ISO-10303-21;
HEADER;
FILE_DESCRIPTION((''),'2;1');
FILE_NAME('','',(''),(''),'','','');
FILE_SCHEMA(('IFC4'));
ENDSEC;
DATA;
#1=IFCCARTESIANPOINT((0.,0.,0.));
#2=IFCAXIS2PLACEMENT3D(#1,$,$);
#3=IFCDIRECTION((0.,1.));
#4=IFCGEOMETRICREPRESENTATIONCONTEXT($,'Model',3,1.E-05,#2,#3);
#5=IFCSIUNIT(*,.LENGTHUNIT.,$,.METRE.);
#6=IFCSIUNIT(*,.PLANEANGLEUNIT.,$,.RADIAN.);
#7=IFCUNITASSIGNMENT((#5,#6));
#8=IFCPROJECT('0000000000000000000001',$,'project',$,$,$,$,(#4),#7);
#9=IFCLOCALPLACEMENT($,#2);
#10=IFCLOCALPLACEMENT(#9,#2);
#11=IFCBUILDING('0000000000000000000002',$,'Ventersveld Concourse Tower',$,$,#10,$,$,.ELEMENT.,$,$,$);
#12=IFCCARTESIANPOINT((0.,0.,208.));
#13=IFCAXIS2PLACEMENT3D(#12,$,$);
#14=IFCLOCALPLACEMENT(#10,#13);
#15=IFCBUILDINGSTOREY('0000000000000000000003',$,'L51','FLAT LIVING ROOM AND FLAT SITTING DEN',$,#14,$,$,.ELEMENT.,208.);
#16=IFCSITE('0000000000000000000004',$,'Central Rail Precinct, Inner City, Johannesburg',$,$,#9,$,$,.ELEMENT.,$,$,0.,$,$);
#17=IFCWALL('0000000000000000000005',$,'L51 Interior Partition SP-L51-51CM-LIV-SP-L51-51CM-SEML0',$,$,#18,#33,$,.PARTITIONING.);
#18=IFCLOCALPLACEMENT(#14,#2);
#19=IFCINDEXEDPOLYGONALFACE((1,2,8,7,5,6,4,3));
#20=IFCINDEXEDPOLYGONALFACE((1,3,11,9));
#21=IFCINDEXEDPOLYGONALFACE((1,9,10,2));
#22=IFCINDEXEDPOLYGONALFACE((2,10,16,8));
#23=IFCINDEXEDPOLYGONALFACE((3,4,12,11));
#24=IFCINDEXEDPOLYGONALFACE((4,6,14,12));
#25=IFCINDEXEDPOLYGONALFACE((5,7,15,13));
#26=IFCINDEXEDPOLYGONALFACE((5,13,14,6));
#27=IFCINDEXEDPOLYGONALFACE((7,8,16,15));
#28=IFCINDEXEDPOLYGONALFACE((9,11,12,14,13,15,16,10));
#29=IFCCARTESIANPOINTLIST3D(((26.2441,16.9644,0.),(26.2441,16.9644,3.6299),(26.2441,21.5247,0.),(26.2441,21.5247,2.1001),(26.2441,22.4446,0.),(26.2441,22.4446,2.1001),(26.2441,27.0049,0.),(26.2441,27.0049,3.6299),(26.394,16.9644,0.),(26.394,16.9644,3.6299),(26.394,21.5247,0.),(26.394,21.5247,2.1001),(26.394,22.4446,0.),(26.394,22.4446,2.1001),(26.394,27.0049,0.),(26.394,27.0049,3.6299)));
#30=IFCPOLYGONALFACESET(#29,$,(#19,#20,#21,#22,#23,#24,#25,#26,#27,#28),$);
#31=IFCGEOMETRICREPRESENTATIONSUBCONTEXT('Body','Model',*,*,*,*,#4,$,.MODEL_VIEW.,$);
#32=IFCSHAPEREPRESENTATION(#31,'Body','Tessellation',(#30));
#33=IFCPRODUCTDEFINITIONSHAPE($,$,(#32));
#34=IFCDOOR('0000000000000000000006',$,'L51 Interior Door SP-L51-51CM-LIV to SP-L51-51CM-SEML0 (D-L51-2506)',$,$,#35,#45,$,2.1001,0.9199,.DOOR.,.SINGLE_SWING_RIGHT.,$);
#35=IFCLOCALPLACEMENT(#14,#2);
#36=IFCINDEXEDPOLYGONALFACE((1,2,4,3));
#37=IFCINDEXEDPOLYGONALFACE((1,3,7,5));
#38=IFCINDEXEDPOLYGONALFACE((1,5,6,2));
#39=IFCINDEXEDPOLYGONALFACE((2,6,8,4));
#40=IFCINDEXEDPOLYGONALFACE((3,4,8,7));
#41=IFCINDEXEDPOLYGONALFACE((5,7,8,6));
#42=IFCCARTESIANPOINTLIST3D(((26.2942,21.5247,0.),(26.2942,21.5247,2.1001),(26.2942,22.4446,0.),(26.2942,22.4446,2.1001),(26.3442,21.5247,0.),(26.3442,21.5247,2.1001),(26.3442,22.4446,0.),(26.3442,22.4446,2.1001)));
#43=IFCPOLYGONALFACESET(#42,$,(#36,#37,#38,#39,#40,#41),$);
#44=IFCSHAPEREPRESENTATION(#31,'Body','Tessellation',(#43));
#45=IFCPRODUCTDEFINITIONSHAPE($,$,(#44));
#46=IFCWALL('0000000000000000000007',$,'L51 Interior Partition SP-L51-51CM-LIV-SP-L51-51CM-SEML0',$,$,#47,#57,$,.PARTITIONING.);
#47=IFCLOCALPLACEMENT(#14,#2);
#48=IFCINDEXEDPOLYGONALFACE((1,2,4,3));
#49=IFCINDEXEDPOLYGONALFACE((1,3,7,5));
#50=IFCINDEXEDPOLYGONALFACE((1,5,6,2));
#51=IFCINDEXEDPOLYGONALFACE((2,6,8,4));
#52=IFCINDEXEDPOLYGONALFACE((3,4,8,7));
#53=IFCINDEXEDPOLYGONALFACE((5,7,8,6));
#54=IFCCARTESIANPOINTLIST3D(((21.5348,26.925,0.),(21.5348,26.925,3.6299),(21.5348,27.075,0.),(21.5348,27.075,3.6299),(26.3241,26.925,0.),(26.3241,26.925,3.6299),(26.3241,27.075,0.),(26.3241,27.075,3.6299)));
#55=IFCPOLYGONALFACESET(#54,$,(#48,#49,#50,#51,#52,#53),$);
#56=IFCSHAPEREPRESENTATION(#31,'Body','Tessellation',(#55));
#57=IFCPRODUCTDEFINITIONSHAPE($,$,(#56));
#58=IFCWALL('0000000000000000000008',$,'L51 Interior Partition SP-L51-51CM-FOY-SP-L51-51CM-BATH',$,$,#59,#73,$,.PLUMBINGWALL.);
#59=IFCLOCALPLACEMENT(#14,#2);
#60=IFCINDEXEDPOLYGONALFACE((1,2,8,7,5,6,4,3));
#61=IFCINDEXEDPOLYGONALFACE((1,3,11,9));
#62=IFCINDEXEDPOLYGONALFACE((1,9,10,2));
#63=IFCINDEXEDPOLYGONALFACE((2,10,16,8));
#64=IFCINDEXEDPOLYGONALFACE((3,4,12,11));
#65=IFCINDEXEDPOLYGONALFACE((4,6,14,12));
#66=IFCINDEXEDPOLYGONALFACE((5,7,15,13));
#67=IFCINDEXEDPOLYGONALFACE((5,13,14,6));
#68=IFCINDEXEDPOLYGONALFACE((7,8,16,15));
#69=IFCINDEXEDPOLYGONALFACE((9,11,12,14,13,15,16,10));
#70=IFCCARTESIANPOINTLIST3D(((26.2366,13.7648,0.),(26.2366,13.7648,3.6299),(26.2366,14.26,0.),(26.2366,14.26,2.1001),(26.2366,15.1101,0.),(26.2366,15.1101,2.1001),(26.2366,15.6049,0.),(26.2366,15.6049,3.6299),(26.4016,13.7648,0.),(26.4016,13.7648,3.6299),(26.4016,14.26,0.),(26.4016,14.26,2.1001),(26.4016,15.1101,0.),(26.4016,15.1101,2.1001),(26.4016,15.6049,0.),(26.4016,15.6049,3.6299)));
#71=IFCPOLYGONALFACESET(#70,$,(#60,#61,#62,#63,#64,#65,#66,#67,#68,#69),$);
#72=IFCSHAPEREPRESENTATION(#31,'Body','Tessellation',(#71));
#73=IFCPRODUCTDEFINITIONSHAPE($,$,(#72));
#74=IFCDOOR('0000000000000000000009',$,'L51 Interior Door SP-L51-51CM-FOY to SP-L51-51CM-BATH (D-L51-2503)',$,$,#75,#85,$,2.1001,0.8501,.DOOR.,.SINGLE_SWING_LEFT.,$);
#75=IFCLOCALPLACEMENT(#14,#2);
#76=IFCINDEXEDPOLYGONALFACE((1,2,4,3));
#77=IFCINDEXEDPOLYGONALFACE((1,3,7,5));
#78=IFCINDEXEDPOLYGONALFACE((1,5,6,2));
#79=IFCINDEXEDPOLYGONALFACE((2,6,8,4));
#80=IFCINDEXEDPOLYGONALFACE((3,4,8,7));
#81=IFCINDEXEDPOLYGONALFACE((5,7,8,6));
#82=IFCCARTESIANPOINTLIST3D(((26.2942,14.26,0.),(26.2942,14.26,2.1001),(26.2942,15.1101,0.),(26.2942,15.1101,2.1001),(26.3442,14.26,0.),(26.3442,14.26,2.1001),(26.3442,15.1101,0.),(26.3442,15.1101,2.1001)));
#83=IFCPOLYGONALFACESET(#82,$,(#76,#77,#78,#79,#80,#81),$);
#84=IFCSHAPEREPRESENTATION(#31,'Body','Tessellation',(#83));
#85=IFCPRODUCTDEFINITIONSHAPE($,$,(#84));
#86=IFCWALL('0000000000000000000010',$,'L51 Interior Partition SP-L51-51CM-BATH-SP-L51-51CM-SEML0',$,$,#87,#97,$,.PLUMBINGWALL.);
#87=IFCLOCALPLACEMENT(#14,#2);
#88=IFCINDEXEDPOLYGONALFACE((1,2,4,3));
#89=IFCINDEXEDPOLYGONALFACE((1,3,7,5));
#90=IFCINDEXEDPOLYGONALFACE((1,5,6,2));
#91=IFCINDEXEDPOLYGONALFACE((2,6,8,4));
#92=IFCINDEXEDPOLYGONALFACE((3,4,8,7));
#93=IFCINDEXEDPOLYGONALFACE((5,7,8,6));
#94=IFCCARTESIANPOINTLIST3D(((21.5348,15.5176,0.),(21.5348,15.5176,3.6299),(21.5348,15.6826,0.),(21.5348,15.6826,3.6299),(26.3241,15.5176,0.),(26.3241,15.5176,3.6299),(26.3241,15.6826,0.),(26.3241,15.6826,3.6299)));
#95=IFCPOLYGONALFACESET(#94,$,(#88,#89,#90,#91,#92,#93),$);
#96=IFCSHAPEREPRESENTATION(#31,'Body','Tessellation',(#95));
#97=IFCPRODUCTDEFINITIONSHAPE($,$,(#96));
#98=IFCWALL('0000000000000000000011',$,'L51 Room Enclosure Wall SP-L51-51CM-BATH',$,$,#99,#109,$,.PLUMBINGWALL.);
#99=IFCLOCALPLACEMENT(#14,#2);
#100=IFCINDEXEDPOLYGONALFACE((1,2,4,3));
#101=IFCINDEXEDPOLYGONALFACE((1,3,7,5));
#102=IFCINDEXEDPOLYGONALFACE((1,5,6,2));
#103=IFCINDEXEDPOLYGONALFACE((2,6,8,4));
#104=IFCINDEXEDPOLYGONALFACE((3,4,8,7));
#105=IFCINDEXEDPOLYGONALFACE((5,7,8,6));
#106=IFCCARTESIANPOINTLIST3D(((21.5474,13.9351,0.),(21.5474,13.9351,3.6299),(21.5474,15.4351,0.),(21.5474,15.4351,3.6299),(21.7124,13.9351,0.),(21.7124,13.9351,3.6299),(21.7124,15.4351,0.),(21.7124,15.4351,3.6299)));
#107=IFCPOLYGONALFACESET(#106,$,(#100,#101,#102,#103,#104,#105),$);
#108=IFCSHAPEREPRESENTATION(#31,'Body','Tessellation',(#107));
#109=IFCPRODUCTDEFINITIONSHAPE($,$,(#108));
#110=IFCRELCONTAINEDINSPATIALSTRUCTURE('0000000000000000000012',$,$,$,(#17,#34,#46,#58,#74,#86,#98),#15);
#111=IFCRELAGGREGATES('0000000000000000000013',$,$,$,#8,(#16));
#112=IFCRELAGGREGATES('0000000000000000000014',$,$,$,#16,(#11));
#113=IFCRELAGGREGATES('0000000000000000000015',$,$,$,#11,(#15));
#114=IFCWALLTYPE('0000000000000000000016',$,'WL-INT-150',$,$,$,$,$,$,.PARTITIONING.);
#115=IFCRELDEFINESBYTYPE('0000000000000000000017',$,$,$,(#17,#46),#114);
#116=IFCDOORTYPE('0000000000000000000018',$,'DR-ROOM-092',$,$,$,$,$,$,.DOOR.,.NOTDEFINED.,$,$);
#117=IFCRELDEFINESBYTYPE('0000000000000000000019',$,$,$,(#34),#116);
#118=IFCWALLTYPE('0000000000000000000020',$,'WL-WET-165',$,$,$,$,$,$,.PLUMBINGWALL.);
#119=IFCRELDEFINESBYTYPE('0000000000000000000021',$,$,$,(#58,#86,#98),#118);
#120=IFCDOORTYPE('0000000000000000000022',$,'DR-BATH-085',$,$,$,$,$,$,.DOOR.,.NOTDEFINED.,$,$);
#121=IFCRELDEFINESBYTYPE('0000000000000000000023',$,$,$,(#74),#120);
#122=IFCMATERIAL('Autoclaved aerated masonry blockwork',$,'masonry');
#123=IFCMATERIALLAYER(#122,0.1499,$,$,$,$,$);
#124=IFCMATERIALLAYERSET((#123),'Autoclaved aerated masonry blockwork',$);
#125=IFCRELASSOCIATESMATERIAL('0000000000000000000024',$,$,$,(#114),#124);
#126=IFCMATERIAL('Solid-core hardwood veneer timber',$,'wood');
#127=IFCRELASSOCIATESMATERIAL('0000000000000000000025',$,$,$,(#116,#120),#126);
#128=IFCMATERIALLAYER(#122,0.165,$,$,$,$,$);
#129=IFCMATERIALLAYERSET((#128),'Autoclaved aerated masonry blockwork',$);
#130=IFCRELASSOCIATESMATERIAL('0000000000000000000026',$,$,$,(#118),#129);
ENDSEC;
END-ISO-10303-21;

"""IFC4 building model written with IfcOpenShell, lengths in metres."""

from ifc_helpers import new_model, si_unit, direction, frame, frame_2d, origin, place, context, subcontext, project, spatial, rectangle, extrude, material, layer, layer_set, type_object, element, fill, save


model = new_model("IFC4")

# Units and contexts
model_context = context("Model", 3, precision=1e-05, world=origin(), true_north=direction((0.0, 1.0)))
body_context = subcontext(model_context, "Body", "Model", "MODEL_VIEW")
ifc_project = project(units=[si_unit("LENGTHUNIT", "METRE"), si_unit("PLANEANGLEUNIT", "RADIAN")], contexts=[model_context])

# Site, building, storey
site_placement = place(None, origin())
site = spatial("IfcSite", under=ifc_project, at=site_placement, Name="Central Rail Precinct, Inner City, Johannesburg", CompositionType="ELEMENT", RefElevation=0.0)
building_placement = place(site_placement, origin())
building = spatial("IfcBuilding", under=site, at=building_placement, Name="Ventersveld Concourse Tower", CompositionType="ELEMENT")
storey_placement = place(building_placement, frame((0.0, 0.0, 208.0)))
storey = spatial("IfcBuildingStorey", under=building, at=storey_placement, Name="L51", Description="FLAT LIVING ROOM AND FLAT SITTING DEN", CompositionType="ELEMENT", Elevation=208.0)

# Shared definitions
ifc_material_1 = material(Name="Solid-core hardwood veneer timber", Category="wood")

# Wall, opening, door
ifc_material_2 = material(Name="Autoclaved aerated masonry blockwork", Category="masonry")
ifc_layer_1 = layer(ifc_material_2, 0.1499)
ifc_layer_set_1 = layer_set([ifc_layer_1], Name="Autoclaved aerated masonry blockwork")
wall_type_1 = type_object("IfcWallType", Name="WL-INT-150", PredefinedType="PARTITIONING", material=ifc_layer_set_1)
door_type_1 = type_object("IfcDoorType", Name="DR-ROOM-092", OperationType="NOTDEFINED", PredefinedType="DOOR", material=ifc_material_1)
wall_1_placement = place(storey_placement, frame((26.3191, 16.9644, 0.0), z_axis=(0.0, 0.0, 1.0), x_axis=(0.0, 1.0, 0.0)))
wall_1 = element("IfcWall", 1, at=wall_1_placement, inside=storey, type_object=wall_type_1, Name="L51 Interior Partition SP-L51-51CM-LIV-SP-L51-51CM-SEML0", PredefinedType="PARTITIONING", context=body_context, shape_type="SweptSolid", body=[
    extrude(rectangle(XDim=10.0405, YDim=0.1499, at=frame_2d((5.0203, 0.0))), origin(), (0.0, 0.0, 1.0), 3.6299),
])
opening_1_placement = place(wall_1_placement, frame((4.5603, 0.0, 0.0)))
opening_1 = element("IfcOpeningElement", 2, at=opening_1_placement, cuts=wall_1, PredefinedType="OPENING", context=body_context, shape_type="SweptSolid", body=[
    extrude(rectangle(XDim=0.9199, YDim=2.1001, at=frame_2d((0.46, 1.05))), frame((0.0, 0.085, 0.0), z_axis=(0.0, -1.0, 0.0), x_axis=(1.0, 0.0, 0.0)), (0.0, 0.0, 1.0), 0.1699),
])
door_1_placement = place(opening_1_placement, origin())
door_1 = element("IfcDoor", 3, at=door_1_placement, inside=storey, type_object=door_type_1, Name="L51 Interior Door SP-L51-51CM-LIV to SP-L51-51CM-SEML0 (D-L51-2506)", OperationType="SINGLE_SWING_RIGHT", OverallHeight=2.1001, OverallWidth=0.9199, PredefinedType="DOOR", context=body_context, shape_type="SweptSolid", body=[
    extrude(rectangle(XDim=0.9199, YDim=2.1001, at=frame_2d((0.46, 1.05))), frame((0.0, 0.0249, 0.0), z_axis=(0.0, -1.0, 0.0), x_axis=(1.0, 0.0, 0.0)), (0.0, 0.0, 1.0), 0.05),
])
fill(opening_1, door_1)

# Wall
wall_2_placement = place(storey_placement, frame((21.5349, 27.0, 0.0), z_axis=(0.0, 0.0, 1.0), x_axis=(1.0, 0.0, 0.0)))
element("IfcWall", 4, at=wall_2_placement, inside=storey, type_object=wall_type_1, Name="L51 Interior Partition SP-L51-51CM-LIV-SP-L51-51CM-SEML0", PredefinedType="PARTITIONING", context=body_context, shape_type="SweptSolid", body=[
    extrude(rectangle(XDim=4.7893, YDim=0.1499, at=frame_2d((2.3945, 0.0))), origin(), (0.0, 0.0, 1.0), 3.6299),
])

# Wall, opening, door
ifc_layer_2 = layer(ifc_material_2, 0.165)
ifc_layer_set_2 = layer_set([ifc_layer_2], Name="Autoclaved aerated masonry blockwork")
wall_type_2 = type_object("IfcWallType", Name="WL-WET-165", PredefinedType="PLUMBINGWALL", material=ifc_layer_set_2)
wall_3_placement = place(storey_placement, frame((26.3191, 13.7649, 0.0), z_axis=(0.0, 0.0, 1.0), x_axis=(0.0, 1.0, 0.0)))
wall_3 = element("IfcWall", 5, at=wall_3_placement, inside=storey, type_object=wall_type_2, Name="L51 Interior Partition SP-L51-51CM-FOY-SP-L51-51CM-BATH", PredefinedType="PLUMBINGWALL", context=body_context, shape_type="SweptSolid", body=[
    extrude(rectangle(XDim=1.8401, YDim=0.165, at=frame_2d((0.9199, 0.0))), origin(), (0.0, 0.0, 1.0), 3.6299),
])
opening_2_placement = place(wall_3_placement, frame((0.4951, 0.0, 0.0)))
opening_2 = element("IfcOpeningElement", 6, at=opening_2_placement, cuts=wall_3, PredefinedType="OPENING", context=body_context, shape_type="SweptSolid", body=[
    extrude(rectangle(XDim=0.8501, YDim=2.1001, at=frame_2d((0.425, 1.05))), frame((0.0, 0.0925, 0.0), z_axis=(0.0, -1.0, 0.0), x_axis=(1.0, 0.0, 0.0)), (0.0, 0.0, 1.0), 0.1851),
])
door_type_2 = type_object("IfcDoorType", Name="DR-BATH-085", OperationType="NOTDEFINED", PredefinedType="DOOR", material=ifc_material_1)
door_2_placement = place(opening_2_placement, origin())
door_2 = element("IfcDoor", 7, at=door_2_placement, inside=storey, type_object=door_type_2, Name="L51 Interior Door SP-L51-51CM-FOY to SP-L51-51CM-BATH (D-L51-2503)", OperationType="SINGLE_SWING_LEFT", OverallHeight=2.1001, OverallWidth=0.8501, PredefinedType="DOOR", context=body_context, shape_type="SweptSolid", body=[
    extrude(rectangle(XDim=0.8501, YDim=2.1001, at=frame_2d((0.425, 1.05))), frame((0.0, 0.0249, 0.0), z_axis=(0.0, -1.0, 0.0), x_axis=(1.0, 0.0, 0.0)), (0.0, 0.0, 1.0), 0.05),
])
fill(opening_2, door_2)

# Walls
wall_4_placement = place(storey_placement, frame((21.5349, 15.6001, 0.0), z_axis=(0.0, 0.0, 1.0), x_axis=(1.0, 0.0, 0.0)))
element("IfcWall", 8, at=wall_4_placement, inside=storey, type_object=wall_type_2, Name="L51 Interior Partition SP-L51-51CM-BATH-SP-L51-51CM-SEML0", PredefinedType="PLUMBINGWALL", context=body_context, shape_type="SweptSolid", body=[
    extrude(rectangle(XDim=4.7893, YDim=0.165, at=frame_2d((2.3945, 0.0))), origin(), (0.0, 0.0, 1.0), 3.6299),
])
wall_5_placement = place(storey_placement, frame((21.6299, 13.9351, 0.0), z_axis=(0.0, 0.0, 1.0), x_axis=(0.0, 1.0, 0.0)))
element("IfcWall", 9, at=wall_5_placement, inside=storey, type_object=wall_type_2, Name="L51 Room Enclosure Wall SP-L51-51CM-BATH", PredefinedType="PLUMBINGWALL", context=body_context, shape_type="SweptSolid", body=[
    extrude(rectangle(XDim=1.5, YDim=0.165, at=frame_2d((0.75, 0.0))), origin(), (0.0, 0.0, 1.0), 3.6299),
])

save(model, "model.ifc")
